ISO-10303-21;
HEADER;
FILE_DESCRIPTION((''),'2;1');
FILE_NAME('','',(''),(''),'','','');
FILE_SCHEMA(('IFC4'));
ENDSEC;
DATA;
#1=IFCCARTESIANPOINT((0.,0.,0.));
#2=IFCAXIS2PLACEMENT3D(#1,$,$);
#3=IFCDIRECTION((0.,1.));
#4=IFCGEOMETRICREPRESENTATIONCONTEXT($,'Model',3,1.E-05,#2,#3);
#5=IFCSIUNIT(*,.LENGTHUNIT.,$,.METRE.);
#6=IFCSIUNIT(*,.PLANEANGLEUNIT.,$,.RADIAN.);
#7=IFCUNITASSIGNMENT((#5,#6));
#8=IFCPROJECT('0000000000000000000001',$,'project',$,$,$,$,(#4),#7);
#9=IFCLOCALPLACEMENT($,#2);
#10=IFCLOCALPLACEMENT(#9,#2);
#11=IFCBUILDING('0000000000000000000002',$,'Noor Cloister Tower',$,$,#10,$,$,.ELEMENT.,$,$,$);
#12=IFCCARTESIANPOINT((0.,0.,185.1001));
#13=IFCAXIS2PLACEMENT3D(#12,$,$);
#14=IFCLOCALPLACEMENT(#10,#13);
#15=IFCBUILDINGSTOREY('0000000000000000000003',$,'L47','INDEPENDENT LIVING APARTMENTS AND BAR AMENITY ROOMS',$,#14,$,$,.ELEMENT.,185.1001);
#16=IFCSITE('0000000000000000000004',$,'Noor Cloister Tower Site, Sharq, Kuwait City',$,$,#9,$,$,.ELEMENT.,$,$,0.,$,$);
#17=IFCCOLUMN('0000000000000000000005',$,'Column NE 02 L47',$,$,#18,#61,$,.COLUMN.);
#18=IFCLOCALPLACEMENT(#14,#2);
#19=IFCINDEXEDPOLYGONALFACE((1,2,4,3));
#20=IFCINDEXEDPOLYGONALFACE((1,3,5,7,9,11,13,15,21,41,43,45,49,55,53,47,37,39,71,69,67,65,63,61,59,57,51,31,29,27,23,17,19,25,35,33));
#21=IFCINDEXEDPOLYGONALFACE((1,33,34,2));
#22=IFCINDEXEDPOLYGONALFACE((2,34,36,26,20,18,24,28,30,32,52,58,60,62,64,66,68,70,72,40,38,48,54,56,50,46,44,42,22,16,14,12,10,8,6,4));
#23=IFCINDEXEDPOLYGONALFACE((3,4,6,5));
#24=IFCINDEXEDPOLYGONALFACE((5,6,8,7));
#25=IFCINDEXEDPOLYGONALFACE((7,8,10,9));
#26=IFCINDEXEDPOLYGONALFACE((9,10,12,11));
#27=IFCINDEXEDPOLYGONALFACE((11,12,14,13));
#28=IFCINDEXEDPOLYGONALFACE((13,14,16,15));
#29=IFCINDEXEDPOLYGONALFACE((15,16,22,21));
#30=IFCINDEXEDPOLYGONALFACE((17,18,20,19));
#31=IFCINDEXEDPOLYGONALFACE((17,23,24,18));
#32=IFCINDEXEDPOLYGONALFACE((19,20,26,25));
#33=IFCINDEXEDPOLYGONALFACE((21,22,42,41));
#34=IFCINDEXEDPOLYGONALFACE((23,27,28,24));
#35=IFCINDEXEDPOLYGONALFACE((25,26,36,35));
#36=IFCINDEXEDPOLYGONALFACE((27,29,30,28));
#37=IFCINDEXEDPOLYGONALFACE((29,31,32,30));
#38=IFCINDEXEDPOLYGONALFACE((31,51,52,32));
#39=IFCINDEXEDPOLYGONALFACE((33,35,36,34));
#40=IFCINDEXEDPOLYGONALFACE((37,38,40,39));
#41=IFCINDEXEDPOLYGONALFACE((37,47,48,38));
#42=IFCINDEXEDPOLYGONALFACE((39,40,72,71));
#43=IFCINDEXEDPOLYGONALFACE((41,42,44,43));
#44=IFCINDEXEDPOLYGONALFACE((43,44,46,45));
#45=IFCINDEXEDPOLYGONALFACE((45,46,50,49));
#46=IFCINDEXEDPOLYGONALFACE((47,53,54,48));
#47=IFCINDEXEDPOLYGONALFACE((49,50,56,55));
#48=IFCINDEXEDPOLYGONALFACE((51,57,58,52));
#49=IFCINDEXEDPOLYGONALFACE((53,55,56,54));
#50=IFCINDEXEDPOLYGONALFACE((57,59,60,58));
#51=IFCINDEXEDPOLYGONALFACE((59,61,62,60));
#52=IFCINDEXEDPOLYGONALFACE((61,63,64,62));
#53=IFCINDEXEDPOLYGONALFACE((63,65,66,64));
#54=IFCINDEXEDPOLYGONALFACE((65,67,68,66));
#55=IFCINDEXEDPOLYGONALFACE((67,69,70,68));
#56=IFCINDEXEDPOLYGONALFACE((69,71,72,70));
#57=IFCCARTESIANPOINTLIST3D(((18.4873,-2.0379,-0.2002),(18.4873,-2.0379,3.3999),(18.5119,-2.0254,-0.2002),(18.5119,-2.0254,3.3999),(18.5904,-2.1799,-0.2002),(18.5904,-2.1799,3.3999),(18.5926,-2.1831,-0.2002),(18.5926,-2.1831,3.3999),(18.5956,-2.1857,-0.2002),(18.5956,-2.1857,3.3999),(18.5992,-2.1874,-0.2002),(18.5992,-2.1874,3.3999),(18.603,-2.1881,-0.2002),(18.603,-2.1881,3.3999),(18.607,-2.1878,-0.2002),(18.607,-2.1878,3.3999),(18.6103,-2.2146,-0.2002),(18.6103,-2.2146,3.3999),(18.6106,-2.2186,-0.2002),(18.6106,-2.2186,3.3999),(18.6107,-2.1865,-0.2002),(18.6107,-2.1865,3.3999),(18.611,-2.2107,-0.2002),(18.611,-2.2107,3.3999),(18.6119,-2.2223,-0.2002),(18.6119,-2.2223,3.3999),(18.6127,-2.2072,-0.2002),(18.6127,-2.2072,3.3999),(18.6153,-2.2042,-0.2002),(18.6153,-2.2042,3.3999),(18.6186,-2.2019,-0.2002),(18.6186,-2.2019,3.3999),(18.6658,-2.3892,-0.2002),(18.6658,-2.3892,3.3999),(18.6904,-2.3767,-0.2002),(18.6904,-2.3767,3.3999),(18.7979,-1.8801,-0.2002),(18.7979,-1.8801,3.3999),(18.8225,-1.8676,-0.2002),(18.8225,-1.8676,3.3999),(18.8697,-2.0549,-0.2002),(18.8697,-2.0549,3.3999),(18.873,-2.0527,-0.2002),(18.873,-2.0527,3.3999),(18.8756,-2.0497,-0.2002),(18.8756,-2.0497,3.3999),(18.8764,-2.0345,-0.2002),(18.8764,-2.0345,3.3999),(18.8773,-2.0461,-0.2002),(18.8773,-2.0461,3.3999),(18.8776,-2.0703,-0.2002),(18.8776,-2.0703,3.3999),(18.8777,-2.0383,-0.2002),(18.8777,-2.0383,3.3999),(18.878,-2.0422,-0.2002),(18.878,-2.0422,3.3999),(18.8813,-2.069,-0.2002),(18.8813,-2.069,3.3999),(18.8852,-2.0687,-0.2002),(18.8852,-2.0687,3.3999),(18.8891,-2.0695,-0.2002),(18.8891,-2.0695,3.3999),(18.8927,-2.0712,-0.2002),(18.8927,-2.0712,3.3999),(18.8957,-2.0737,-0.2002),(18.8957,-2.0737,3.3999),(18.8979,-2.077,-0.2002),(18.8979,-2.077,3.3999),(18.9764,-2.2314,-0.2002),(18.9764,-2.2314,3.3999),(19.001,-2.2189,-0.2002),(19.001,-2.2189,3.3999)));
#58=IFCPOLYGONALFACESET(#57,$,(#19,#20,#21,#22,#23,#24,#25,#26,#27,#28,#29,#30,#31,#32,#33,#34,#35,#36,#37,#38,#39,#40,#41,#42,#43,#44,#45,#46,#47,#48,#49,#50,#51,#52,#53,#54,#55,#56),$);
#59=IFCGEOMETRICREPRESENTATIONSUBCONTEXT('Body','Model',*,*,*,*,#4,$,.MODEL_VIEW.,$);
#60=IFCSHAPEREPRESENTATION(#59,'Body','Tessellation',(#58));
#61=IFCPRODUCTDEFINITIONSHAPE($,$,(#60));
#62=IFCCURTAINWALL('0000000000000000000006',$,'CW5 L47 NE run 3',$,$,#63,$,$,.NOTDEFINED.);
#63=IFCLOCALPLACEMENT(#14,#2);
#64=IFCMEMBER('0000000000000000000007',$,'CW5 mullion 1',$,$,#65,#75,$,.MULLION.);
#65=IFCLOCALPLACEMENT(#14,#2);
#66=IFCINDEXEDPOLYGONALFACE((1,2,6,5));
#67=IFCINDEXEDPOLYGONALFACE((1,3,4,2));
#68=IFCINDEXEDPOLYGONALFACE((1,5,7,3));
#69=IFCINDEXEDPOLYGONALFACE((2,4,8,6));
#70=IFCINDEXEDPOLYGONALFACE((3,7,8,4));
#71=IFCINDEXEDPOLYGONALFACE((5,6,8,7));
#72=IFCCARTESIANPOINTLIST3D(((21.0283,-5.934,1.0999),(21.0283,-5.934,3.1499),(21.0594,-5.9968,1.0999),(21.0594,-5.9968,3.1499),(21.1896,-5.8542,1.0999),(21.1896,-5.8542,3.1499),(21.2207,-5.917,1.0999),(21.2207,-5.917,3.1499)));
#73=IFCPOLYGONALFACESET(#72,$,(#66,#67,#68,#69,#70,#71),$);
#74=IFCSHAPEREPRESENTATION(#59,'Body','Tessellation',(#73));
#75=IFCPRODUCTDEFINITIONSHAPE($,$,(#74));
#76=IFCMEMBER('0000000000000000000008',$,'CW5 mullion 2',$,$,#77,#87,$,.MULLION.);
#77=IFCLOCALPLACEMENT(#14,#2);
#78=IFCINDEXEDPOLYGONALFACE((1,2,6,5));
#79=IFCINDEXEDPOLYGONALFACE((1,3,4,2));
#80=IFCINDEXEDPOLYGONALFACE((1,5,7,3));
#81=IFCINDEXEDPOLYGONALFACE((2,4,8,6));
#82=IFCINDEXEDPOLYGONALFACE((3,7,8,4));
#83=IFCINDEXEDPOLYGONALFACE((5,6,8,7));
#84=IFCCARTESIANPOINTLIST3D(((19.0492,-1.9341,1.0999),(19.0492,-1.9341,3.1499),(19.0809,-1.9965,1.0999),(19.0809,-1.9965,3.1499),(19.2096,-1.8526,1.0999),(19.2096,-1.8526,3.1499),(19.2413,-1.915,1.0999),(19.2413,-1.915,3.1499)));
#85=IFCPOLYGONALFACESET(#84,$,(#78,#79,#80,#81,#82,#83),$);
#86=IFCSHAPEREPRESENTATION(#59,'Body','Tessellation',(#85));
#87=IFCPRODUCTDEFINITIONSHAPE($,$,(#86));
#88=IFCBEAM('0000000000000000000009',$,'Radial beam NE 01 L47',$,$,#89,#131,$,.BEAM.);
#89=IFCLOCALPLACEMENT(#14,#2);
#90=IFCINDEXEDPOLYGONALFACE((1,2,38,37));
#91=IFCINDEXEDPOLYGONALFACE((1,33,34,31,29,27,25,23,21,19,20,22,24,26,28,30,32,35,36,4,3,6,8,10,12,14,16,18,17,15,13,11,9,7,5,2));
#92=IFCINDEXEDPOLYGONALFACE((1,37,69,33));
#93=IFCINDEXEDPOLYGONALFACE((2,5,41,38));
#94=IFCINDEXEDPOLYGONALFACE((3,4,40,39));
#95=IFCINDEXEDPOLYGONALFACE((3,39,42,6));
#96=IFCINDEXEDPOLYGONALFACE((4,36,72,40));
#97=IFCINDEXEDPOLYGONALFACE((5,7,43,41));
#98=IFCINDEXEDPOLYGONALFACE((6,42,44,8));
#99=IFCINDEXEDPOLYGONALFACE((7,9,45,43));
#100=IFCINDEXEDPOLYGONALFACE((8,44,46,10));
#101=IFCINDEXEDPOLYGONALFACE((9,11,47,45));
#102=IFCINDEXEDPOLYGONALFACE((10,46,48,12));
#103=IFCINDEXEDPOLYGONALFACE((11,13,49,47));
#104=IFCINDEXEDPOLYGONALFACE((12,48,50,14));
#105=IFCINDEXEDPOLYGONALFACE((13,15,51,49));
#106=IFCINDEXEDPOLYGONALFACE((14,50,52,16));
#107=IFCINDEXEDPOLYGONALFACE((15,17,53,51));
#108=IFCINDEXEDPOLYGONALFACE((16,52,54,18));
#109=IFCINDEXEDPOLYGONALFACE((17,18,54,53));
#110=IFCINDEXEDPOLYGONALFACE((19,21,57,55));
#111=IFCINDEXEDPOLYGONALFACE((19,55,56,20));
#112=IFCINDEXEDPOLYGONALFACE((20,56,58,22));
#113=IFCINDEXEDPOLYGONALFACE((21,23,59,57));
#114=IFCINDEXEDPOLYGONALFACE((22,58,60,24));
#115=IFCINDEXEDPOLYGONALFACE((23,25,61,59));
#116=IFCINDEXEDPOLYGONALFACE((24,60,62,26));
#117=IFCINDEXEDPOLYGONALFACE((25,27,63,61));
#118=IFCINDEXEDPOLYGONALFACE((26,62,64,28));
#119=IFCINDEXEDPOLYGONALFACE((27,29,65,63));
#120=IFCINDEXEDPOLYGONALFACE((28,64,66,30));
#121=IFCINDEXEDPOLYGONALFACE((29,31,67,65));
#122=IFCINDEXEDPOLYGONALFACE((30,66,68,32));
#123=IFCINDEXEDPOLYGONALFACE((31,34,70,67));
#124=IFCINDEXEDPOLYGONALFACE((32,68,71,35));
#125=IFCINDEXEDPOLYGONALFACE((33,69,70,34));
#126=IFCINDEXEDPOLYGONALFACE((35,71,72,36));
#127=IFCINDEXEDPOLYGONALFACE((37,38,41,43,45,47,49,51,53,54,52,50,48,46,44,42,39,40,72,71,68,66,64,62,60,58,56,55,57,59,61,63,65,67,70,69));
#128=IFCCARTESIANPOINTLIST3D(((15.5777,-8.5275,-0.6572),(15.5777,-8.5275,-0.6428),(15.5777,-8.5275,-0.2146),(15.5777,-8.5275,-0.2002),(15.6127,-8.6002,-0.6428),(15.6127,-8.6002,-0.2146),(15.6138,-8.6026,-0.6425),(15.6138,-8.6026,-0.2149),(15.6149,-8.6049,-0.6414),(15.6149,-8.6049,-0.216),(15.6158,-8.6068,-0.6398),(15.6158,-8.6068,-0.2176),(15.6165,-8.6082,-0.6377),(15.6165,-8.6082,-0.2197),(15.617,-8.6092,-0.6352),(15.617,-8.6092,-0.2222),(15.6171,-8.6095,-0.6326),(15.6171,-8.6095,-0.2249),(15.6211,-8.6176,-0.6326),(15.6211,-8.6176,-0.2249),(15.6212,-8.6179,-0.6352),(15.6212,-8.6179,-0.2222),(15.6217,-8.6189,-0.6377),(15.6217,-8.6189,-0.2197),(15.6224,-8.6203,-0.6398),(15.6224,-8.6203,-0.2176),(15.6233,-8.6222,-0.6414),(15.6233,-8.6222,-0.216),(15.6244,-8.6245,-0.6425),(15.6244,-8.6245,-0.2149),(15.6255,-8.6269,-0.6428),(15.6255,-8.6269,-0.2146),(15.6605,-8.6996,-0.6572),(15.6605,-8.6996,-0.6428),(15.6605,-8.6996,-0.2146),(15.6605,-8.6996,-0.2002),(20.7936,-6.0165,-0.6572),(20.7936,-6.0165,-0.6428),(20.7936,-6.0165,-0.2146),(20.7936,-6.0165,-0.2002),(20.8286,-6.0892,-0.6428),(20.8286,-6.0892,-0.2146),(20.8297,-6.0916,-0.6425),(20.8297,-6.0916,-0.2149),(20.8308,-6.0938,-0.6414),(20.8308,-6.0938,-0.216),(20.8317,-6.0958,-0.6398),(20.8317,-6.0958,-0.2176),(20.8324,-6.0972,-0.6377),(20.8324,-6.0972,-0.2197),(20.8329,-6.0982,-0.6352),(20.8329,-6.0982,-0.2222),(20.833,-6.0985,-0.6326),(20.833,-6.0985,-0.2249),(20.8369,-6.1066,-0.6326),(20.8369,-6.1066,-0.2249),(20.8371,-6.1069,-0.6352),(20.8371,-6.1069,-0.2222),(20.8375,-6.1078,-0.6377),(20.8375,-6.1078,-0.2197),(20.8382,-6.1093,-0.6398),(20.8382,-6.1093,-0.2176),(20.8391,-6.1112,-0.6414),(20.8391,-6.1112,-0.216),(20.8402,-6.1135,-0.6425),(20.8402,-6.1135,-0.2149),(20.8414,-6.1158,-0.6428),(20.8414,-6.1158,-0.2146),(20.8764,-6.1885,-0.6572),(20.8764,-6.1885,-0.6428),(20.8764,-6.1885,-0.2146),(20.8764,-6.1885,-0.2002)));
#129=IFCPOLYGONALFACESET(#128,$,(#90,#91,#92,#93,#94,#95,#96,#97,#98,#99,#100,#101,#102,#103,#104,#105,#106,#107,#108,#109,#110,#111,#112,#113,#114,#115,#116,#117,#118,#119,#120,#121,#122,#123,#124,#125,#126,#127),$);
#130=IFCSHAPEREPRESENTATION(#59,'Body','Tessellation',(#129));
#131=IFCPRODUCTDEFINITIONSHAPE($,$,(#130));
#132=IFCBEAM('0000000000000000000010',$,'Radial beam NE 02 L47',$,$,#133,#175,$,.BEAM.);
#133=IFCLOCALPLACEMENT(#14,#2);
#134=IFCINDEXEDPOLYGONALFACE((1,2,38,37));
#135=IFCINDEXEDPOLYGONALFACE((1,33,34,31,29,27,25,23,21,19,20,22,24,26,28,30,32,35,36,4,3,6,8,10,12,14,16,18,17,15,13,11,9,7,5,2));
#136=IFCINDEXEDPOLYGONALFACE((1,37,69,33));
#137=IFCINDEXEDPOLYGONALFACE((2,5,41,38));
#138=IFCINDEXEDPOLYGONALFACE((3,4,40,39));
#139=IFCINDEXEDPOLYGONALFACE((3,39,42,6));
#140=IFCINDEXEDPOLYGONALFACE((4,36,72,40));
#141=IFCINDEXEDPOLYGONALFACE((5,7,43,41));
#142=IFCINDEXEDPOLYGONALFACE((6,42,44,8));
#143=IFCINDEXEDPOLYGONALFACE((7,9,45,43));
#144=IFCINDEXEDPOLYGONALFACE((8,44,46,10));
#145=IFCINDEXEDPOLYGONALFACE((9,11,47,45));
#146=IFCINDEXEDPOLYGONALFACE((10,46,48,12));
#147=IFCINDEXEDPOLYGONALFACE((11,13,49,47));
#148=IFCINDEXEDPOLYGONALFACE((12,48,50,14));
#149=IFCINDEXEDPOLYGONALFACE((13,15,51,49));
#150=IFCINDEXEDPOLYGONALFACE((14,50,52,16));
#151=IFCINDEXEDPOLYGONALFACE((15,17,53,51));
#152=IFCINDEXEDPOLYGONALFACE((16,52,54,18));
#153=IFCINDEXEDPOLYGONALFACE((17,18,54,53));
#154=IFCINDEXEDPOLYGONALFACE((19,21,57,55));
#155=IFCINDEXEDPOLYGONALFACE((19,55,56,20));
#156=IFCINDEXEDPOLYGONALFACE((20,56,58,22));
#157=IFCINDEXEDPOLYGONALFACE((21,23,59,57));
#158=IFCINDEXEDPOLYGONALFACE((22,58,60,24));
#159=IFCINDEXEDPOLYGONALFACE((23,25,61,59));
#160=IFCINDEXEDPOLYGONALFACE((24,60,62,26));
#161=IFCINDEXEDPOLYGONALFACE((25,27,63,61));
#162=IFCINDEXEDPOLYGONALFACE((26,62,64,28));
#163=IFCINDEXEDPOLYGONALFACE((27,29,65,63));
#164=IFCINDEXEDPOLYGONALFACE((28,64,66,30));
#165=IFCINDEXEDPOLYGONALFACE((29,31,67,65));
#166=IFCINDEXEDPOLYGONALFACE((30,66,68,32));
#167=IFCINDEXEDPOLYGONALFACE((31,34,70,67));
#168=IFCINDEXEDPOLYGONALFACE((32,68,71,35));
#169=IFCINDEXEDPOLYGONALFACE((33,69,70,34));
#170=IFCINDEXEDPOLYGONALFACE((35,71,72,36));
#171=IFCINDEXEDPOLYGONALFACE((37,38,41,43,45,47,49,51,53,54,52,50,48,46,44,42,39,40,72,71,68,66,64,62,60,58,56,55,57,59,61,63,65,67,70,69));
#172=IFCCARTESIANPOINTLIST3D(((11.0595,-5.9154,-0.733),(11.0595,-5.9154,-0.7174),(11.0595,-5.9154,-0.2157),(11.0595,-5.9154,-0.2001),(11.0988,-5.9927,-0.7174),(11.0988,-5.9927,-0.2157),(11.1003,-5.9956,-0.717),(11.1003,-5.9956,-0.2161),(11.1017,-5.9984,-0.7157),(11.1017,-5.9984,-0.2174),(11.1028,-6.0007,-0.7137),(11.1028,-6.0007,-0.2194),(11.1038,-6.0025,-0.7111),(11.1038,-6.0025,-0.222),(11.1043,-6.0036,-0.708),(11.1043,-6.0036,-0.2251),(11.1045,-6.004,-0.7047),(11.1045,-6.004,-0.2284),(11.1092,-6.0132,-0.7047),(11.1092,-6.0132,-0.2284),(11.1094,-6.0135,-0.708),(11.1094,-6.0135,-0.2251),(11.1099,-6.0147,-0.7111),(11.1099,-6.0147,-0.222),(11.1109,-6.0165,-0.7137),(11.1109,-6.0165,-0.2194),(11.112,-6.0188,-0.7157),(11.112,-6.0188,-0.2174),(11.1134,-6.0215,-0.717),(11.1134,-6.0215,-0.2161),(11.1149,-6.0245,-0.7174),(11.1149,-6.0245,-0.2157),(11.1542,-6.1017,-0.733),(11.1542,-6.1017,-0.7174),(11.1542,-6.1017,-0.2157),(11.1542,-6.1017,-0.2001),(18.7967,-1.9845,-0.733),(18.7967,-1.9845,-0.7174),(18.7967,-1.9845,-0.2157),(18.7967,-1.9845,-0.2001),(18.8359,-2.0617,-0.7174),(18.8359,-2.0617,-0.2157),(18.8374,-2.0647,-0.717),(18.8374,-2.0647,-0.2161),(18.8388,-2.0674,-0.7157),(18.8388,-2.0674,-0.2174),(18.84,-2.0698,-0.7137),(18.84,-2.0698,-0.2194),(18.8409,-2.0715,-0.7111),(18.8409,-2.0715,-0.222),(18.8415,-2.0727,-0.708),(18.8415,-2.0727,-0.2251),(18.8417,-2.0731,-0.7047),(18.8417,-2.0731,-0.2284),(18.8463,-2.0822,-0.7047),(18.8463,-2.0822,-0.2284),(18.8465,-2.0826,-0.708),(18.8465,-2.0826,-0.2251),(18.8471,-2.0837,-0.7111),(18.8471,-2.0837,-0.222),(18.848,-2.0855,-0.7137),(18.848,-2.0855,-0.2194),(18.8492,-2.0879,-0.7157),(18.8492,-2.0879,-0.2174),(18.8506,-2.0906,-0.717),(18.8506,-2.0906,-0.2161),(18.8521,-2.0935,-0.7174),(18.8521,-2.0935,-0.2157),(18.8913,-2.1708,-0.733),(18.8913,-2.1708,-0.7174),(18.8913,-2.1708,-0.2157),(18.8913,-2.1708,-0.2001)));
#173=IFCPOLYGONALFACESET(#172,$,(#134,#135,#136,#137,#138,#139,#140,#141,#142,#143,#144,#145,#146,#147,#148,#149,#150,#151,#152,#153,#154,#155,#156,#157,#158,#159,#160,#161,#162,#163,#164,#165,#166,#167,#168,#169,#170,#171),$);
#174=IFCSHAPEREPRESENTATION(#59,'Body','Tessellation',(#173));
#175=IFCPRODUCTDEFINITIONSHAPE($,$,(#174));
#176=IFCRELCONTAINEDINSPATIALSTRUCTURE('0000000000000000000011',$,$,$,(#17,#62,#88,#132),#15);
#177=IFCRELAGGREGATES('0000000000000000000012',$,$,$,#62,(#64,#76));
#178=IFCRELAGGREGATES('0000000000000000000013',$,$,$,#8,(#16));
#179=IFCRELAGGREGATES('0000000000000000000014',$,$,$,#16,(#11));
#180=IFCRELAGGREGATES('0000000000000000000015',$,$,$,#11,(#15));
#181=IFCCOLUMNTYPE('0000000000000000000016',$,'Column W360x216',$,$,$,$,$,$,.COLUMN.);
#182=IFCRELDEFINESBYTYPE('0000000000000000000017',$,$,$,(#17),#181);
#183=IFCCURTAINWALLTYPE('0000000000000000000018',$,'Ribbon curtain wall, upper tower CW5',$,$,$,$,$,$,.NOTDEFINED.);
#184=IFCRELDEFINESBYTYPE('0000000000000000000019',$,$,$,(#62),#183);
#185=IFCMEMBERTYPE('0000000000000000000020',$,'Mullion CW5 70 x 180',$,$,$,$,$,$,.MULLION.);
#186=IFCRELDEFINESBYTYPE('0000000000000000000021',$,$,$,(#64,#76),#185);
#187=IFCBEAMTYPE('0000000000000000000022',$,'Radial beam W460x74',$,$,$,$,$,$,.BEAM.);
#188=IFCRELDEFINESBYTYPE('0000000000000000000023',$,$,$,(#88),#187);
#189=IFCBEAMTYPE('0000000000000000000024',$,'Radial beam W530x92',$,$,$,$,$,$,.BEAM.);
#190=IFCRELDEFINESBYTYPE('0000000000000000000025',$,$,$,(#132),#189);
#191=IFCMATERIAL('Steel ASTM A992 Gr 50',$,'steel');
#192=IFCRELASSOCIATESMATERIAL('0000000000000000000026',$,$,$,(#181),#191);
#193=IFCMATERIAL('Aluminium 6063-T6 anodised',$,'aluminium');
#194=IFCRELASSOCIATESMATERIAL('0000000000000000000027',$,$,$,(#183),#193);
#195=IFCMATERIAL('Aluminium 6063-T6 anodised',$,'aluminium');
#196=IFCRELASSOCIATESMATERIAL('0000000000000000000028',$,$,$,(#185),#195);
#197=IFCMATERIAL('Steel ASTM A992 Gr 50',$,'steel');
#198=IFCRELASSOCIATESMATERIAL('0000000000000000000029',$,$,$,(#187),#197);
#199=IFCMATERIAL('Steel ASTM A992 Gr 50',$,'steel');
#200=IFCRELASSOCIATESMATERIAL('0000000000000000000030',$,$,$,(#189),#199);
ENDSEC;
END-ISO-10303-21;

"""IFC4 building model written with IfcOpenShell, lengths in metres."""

from ifc_helpers import new_model, si_unit, direction, frame, origin, origin_2d, place, context, subcontext, project, spatial, rectangle, i_section, extrude, material, material_profile, profile_set, type_object, element, aggregate, save


model = new_model("IFC4")

# Units and contexts
model_context = context("Model", 3, precision=1e-05, world=origin(), true_north=direction((0.0, 1.0)))
body_context = subcontext(model_context, "Body", "Model", "MODEL_VIEW")
ifc_project = project(units=[si_unit("LENGTHUNIT", "METRE"), si_unit("PLANEANGLEUNIT", "RADIAN")], contexts=[model_context])

# Site, building, storey
site_placement = place(None, origin())
site = spatial("IfcSite", under=ifc_project, at=site_placement, Name="Noor Cloister Tower Site, Sharq, Kuwait City", CompositionType="ELEMENT", RefElevation=0.0)
building_placement = place(site_placement, origin())
building = spatial("IfcBuilding", under=site, at=building_placement, Name="Noor Cloister Tower", CompositionType="ELEMENT")
storey_placement = place(building_placement, frame((0.0, 0.0, 185.1001)))
storey = spatial("IfcBuildingStorey", under=building, at=storey_placement, Name="L47", Description="INDEPENDENT LIVING APARTMENTS AND BAR AMENITY ROOMS", CompositionType="ELEMENT", Elevation=185.1001)

# Column
ifc_material_1 = material(Name="Steel ASTM A992 Gr 50", Category="steel")
ifc_material_profile_1 = material_profile(ifc_material_1, i_section(OverallWidth=0.394, OverallDepth=0.376, WebThickness=0.0173, FlangeThickness=0.0276, FilletRadius=0.0151, at=origin_2d()), Name="W360x216")
ifc_profile_set_1 = profile_set([ifc_material_profile_1], Name="Steel ASTM A992 Gr 50")
column_type = type_object("IfcColumnType", Name="Column W360x216", PredefinedType="COLUMN", material=ifc_profile_set_1)
column_placement = place(storey_placement, frame((18.7441, -2.1284, -0.2002), z_axis=(0.0, 0.0, 1.0), x_axis=(-0.452956, 0.891533, 0.0)))
element("IfcColumn", 1, at=column_placement, inside=storey, type_object=column_type, Name="Column NE 02 L47", PredefinedType="COLUMN", context=body_context, shape_type="SweptSolid", body=[
    extrude(i_section(OverallWidth=0.394, OverallDepth=0.376, WebThickness=0.0173, FlangeThickness=0.0276, FilletRadius=0.0151, at=origin_2d()), origin(), (0.0, 0.0, 1.0), 3.6001),
])

# Curtain wall, members
ifc_material_2 = material(Name="Aluminium 6063-T6 anodised", Category="aluminium")
curtain_wall_type = type_object("IfcCurtainWallType", Name="Ribbon curtain wall, upper tower CW5", PredefinedType="NOTDEFINED", material=ifc_material_2)
curtain_wall_placement = place(storey_placement, origin())
curtain_wall = element("IfcCurtainWall", 2, at=curtain_wall_placement, inside=storey, type_object=curtain_wall_type, Name="CW5 L47 NE run 3", PredefinedType="NOTDEFINED")
ifc_material_3 = material(Name="Aluminium 6063-T6 anodised", Category="aluminium")
ifc_material_profile_2 = material_profile(ifc_material_3, rectangle(XDim=0.1799, YDim=0.0701, at=origin_2d()), Name="180 x 70 mullion")
ifc_profile_set_2 = profile_set([ifc_material_profile_2], Name="Aluminium 6063-T6 anodised")
member_type = type_object("IfcMemberType", Name="Mullion CW5 70 x 180", PredefinedType="MULLION", material=ifc_profile_set_2)
member_1_placement = place(storey_placement, frame((21.1245, -5.9255, 1.0999), z_axis=(0.0, 0.0, 1.0), x_axis=(-0.89633, -0.443388, 0.0)))
member_1 = element("IfcMember", 3, at=member_1_placement, type_object=member_type, Name="CW5 mullion 1", PredefinedType="MULLION", context=body_context, shape_type="SweptSolid", body=[
    extrude(rectangle(XDim=0.1799, YDim=0.0701, at=origin_2d()), origin(), (0.0, 0.0, 1.0), 2.05),
])
member_2_placement = place(storey_placement, frame((19.1453, -1.9246, 1.0999), z_axis=(0.0, 0.0, 1.0), x_axis=(-0.891533, -0.452956, 0.0)))
member_2 = element("IfcMember", 4, at=member_2_placement, type_object=member_type, Name="CW5 mullion 2", PredefinedType="MULLION", context=body_context, shape_type="SweptSolid", body=[
    extrude(rectangle(XDim=0.1799, YDim=0.0701, at=origin_2d()), origin(), (0.0, 0.0, 1.0), 2.05),
])

# Beams
ifc_material_4 = material(Name="Steel ASTM A992 Gr 50", Category="steel")
ifc_material_profile_3 = material_profile(ifc_material_4, i_section(OverallWidth=0.1909, OverallDepth=0.457, WebThickness=0.009, FlangeThickness=0.0144, FilletRadius=0.0103, at=origin_2d()), Name="W460x74")
ifc_profile_set_3 = profile_set([ifc_material_profile_3], Name="Steel ASTM A992 Gr 50")
beam_type_1 = type_object("IfcBeamType", Name="Radial beam W460x74", PredefinedType="BEAM", material=ifc_profile_set_3)
beam_1_placement = place(storey_placement, frame((20.835, -6.1025, -0.4287), z_axis=(-0.901024, -0.433769, 0.0), x_axis=(0.433769, -0.901024, 0.0)))
element("IfcBeam", 5, at=beam_1_placement, inside=storey, type_object=beam_type_1, Name="Radial beam NE 01 L47", PredefinedType="BEAM", context=body_context, shape_type="SweptSolid", body=[
    extrude(i_section(OverallWidth=0.1909, OverallDepth=0.457, WebThickness=0.009, FlangeThickness=0.0144, FilletRadius=0.0103, at=origin_2d()), origin(), (0.0, 0.0, 1.0), 5.7888),
])
ifc_material_5 = material(Name="Steel ASTM A992 Gr 50", Category="steel")
ifc_material_profile_4 = material_profile(ifc_material_5, i_section(OverallWidth=0.209, OverallDepth=0.533, WebThickness=0.0103, FlangeThickness=0.0156, FilletRadius=0.0127, at=origin_2d()), Name="W530x92")
ifc_profile_set_4 = profile_set([ifc_material_profile_4], Name="Steel ASTM A992 Gr 50")
beam_type_2 = type_object("IfcBeamType", Name="Radial beam W530x92", PredefinedType="BEAM", material=ifc_profile_set_4)
beam_2_placement = place(storey_placement, frame((18.844, -2.0776, -0.4666), z_axis=(-0.891534, -0.452955, 0.0), x_axis=(0.452955, -0.891534, 0.0)))
element("IfcBeam", 6, at=beam_2_placement, inside=storey, type_object=beam_type_2, Name="Radial beam NE 02 L47", PredefinedType="BEAM", context=body_context, shape_type="SweptSolid", body=[
    extrude(i_section(OverallWidth=0.209, OverallDepth=0.533, WebThickness=0.0103, FlangeThickness=0.0156, FilletRadius=0.0127, at=origin_2d()), origin(), (0.0, 0.0, 1.0), 8.6785),
])

aggregate(curtain_wall, [member_1, member_2])

save(model, "model.ifc")
